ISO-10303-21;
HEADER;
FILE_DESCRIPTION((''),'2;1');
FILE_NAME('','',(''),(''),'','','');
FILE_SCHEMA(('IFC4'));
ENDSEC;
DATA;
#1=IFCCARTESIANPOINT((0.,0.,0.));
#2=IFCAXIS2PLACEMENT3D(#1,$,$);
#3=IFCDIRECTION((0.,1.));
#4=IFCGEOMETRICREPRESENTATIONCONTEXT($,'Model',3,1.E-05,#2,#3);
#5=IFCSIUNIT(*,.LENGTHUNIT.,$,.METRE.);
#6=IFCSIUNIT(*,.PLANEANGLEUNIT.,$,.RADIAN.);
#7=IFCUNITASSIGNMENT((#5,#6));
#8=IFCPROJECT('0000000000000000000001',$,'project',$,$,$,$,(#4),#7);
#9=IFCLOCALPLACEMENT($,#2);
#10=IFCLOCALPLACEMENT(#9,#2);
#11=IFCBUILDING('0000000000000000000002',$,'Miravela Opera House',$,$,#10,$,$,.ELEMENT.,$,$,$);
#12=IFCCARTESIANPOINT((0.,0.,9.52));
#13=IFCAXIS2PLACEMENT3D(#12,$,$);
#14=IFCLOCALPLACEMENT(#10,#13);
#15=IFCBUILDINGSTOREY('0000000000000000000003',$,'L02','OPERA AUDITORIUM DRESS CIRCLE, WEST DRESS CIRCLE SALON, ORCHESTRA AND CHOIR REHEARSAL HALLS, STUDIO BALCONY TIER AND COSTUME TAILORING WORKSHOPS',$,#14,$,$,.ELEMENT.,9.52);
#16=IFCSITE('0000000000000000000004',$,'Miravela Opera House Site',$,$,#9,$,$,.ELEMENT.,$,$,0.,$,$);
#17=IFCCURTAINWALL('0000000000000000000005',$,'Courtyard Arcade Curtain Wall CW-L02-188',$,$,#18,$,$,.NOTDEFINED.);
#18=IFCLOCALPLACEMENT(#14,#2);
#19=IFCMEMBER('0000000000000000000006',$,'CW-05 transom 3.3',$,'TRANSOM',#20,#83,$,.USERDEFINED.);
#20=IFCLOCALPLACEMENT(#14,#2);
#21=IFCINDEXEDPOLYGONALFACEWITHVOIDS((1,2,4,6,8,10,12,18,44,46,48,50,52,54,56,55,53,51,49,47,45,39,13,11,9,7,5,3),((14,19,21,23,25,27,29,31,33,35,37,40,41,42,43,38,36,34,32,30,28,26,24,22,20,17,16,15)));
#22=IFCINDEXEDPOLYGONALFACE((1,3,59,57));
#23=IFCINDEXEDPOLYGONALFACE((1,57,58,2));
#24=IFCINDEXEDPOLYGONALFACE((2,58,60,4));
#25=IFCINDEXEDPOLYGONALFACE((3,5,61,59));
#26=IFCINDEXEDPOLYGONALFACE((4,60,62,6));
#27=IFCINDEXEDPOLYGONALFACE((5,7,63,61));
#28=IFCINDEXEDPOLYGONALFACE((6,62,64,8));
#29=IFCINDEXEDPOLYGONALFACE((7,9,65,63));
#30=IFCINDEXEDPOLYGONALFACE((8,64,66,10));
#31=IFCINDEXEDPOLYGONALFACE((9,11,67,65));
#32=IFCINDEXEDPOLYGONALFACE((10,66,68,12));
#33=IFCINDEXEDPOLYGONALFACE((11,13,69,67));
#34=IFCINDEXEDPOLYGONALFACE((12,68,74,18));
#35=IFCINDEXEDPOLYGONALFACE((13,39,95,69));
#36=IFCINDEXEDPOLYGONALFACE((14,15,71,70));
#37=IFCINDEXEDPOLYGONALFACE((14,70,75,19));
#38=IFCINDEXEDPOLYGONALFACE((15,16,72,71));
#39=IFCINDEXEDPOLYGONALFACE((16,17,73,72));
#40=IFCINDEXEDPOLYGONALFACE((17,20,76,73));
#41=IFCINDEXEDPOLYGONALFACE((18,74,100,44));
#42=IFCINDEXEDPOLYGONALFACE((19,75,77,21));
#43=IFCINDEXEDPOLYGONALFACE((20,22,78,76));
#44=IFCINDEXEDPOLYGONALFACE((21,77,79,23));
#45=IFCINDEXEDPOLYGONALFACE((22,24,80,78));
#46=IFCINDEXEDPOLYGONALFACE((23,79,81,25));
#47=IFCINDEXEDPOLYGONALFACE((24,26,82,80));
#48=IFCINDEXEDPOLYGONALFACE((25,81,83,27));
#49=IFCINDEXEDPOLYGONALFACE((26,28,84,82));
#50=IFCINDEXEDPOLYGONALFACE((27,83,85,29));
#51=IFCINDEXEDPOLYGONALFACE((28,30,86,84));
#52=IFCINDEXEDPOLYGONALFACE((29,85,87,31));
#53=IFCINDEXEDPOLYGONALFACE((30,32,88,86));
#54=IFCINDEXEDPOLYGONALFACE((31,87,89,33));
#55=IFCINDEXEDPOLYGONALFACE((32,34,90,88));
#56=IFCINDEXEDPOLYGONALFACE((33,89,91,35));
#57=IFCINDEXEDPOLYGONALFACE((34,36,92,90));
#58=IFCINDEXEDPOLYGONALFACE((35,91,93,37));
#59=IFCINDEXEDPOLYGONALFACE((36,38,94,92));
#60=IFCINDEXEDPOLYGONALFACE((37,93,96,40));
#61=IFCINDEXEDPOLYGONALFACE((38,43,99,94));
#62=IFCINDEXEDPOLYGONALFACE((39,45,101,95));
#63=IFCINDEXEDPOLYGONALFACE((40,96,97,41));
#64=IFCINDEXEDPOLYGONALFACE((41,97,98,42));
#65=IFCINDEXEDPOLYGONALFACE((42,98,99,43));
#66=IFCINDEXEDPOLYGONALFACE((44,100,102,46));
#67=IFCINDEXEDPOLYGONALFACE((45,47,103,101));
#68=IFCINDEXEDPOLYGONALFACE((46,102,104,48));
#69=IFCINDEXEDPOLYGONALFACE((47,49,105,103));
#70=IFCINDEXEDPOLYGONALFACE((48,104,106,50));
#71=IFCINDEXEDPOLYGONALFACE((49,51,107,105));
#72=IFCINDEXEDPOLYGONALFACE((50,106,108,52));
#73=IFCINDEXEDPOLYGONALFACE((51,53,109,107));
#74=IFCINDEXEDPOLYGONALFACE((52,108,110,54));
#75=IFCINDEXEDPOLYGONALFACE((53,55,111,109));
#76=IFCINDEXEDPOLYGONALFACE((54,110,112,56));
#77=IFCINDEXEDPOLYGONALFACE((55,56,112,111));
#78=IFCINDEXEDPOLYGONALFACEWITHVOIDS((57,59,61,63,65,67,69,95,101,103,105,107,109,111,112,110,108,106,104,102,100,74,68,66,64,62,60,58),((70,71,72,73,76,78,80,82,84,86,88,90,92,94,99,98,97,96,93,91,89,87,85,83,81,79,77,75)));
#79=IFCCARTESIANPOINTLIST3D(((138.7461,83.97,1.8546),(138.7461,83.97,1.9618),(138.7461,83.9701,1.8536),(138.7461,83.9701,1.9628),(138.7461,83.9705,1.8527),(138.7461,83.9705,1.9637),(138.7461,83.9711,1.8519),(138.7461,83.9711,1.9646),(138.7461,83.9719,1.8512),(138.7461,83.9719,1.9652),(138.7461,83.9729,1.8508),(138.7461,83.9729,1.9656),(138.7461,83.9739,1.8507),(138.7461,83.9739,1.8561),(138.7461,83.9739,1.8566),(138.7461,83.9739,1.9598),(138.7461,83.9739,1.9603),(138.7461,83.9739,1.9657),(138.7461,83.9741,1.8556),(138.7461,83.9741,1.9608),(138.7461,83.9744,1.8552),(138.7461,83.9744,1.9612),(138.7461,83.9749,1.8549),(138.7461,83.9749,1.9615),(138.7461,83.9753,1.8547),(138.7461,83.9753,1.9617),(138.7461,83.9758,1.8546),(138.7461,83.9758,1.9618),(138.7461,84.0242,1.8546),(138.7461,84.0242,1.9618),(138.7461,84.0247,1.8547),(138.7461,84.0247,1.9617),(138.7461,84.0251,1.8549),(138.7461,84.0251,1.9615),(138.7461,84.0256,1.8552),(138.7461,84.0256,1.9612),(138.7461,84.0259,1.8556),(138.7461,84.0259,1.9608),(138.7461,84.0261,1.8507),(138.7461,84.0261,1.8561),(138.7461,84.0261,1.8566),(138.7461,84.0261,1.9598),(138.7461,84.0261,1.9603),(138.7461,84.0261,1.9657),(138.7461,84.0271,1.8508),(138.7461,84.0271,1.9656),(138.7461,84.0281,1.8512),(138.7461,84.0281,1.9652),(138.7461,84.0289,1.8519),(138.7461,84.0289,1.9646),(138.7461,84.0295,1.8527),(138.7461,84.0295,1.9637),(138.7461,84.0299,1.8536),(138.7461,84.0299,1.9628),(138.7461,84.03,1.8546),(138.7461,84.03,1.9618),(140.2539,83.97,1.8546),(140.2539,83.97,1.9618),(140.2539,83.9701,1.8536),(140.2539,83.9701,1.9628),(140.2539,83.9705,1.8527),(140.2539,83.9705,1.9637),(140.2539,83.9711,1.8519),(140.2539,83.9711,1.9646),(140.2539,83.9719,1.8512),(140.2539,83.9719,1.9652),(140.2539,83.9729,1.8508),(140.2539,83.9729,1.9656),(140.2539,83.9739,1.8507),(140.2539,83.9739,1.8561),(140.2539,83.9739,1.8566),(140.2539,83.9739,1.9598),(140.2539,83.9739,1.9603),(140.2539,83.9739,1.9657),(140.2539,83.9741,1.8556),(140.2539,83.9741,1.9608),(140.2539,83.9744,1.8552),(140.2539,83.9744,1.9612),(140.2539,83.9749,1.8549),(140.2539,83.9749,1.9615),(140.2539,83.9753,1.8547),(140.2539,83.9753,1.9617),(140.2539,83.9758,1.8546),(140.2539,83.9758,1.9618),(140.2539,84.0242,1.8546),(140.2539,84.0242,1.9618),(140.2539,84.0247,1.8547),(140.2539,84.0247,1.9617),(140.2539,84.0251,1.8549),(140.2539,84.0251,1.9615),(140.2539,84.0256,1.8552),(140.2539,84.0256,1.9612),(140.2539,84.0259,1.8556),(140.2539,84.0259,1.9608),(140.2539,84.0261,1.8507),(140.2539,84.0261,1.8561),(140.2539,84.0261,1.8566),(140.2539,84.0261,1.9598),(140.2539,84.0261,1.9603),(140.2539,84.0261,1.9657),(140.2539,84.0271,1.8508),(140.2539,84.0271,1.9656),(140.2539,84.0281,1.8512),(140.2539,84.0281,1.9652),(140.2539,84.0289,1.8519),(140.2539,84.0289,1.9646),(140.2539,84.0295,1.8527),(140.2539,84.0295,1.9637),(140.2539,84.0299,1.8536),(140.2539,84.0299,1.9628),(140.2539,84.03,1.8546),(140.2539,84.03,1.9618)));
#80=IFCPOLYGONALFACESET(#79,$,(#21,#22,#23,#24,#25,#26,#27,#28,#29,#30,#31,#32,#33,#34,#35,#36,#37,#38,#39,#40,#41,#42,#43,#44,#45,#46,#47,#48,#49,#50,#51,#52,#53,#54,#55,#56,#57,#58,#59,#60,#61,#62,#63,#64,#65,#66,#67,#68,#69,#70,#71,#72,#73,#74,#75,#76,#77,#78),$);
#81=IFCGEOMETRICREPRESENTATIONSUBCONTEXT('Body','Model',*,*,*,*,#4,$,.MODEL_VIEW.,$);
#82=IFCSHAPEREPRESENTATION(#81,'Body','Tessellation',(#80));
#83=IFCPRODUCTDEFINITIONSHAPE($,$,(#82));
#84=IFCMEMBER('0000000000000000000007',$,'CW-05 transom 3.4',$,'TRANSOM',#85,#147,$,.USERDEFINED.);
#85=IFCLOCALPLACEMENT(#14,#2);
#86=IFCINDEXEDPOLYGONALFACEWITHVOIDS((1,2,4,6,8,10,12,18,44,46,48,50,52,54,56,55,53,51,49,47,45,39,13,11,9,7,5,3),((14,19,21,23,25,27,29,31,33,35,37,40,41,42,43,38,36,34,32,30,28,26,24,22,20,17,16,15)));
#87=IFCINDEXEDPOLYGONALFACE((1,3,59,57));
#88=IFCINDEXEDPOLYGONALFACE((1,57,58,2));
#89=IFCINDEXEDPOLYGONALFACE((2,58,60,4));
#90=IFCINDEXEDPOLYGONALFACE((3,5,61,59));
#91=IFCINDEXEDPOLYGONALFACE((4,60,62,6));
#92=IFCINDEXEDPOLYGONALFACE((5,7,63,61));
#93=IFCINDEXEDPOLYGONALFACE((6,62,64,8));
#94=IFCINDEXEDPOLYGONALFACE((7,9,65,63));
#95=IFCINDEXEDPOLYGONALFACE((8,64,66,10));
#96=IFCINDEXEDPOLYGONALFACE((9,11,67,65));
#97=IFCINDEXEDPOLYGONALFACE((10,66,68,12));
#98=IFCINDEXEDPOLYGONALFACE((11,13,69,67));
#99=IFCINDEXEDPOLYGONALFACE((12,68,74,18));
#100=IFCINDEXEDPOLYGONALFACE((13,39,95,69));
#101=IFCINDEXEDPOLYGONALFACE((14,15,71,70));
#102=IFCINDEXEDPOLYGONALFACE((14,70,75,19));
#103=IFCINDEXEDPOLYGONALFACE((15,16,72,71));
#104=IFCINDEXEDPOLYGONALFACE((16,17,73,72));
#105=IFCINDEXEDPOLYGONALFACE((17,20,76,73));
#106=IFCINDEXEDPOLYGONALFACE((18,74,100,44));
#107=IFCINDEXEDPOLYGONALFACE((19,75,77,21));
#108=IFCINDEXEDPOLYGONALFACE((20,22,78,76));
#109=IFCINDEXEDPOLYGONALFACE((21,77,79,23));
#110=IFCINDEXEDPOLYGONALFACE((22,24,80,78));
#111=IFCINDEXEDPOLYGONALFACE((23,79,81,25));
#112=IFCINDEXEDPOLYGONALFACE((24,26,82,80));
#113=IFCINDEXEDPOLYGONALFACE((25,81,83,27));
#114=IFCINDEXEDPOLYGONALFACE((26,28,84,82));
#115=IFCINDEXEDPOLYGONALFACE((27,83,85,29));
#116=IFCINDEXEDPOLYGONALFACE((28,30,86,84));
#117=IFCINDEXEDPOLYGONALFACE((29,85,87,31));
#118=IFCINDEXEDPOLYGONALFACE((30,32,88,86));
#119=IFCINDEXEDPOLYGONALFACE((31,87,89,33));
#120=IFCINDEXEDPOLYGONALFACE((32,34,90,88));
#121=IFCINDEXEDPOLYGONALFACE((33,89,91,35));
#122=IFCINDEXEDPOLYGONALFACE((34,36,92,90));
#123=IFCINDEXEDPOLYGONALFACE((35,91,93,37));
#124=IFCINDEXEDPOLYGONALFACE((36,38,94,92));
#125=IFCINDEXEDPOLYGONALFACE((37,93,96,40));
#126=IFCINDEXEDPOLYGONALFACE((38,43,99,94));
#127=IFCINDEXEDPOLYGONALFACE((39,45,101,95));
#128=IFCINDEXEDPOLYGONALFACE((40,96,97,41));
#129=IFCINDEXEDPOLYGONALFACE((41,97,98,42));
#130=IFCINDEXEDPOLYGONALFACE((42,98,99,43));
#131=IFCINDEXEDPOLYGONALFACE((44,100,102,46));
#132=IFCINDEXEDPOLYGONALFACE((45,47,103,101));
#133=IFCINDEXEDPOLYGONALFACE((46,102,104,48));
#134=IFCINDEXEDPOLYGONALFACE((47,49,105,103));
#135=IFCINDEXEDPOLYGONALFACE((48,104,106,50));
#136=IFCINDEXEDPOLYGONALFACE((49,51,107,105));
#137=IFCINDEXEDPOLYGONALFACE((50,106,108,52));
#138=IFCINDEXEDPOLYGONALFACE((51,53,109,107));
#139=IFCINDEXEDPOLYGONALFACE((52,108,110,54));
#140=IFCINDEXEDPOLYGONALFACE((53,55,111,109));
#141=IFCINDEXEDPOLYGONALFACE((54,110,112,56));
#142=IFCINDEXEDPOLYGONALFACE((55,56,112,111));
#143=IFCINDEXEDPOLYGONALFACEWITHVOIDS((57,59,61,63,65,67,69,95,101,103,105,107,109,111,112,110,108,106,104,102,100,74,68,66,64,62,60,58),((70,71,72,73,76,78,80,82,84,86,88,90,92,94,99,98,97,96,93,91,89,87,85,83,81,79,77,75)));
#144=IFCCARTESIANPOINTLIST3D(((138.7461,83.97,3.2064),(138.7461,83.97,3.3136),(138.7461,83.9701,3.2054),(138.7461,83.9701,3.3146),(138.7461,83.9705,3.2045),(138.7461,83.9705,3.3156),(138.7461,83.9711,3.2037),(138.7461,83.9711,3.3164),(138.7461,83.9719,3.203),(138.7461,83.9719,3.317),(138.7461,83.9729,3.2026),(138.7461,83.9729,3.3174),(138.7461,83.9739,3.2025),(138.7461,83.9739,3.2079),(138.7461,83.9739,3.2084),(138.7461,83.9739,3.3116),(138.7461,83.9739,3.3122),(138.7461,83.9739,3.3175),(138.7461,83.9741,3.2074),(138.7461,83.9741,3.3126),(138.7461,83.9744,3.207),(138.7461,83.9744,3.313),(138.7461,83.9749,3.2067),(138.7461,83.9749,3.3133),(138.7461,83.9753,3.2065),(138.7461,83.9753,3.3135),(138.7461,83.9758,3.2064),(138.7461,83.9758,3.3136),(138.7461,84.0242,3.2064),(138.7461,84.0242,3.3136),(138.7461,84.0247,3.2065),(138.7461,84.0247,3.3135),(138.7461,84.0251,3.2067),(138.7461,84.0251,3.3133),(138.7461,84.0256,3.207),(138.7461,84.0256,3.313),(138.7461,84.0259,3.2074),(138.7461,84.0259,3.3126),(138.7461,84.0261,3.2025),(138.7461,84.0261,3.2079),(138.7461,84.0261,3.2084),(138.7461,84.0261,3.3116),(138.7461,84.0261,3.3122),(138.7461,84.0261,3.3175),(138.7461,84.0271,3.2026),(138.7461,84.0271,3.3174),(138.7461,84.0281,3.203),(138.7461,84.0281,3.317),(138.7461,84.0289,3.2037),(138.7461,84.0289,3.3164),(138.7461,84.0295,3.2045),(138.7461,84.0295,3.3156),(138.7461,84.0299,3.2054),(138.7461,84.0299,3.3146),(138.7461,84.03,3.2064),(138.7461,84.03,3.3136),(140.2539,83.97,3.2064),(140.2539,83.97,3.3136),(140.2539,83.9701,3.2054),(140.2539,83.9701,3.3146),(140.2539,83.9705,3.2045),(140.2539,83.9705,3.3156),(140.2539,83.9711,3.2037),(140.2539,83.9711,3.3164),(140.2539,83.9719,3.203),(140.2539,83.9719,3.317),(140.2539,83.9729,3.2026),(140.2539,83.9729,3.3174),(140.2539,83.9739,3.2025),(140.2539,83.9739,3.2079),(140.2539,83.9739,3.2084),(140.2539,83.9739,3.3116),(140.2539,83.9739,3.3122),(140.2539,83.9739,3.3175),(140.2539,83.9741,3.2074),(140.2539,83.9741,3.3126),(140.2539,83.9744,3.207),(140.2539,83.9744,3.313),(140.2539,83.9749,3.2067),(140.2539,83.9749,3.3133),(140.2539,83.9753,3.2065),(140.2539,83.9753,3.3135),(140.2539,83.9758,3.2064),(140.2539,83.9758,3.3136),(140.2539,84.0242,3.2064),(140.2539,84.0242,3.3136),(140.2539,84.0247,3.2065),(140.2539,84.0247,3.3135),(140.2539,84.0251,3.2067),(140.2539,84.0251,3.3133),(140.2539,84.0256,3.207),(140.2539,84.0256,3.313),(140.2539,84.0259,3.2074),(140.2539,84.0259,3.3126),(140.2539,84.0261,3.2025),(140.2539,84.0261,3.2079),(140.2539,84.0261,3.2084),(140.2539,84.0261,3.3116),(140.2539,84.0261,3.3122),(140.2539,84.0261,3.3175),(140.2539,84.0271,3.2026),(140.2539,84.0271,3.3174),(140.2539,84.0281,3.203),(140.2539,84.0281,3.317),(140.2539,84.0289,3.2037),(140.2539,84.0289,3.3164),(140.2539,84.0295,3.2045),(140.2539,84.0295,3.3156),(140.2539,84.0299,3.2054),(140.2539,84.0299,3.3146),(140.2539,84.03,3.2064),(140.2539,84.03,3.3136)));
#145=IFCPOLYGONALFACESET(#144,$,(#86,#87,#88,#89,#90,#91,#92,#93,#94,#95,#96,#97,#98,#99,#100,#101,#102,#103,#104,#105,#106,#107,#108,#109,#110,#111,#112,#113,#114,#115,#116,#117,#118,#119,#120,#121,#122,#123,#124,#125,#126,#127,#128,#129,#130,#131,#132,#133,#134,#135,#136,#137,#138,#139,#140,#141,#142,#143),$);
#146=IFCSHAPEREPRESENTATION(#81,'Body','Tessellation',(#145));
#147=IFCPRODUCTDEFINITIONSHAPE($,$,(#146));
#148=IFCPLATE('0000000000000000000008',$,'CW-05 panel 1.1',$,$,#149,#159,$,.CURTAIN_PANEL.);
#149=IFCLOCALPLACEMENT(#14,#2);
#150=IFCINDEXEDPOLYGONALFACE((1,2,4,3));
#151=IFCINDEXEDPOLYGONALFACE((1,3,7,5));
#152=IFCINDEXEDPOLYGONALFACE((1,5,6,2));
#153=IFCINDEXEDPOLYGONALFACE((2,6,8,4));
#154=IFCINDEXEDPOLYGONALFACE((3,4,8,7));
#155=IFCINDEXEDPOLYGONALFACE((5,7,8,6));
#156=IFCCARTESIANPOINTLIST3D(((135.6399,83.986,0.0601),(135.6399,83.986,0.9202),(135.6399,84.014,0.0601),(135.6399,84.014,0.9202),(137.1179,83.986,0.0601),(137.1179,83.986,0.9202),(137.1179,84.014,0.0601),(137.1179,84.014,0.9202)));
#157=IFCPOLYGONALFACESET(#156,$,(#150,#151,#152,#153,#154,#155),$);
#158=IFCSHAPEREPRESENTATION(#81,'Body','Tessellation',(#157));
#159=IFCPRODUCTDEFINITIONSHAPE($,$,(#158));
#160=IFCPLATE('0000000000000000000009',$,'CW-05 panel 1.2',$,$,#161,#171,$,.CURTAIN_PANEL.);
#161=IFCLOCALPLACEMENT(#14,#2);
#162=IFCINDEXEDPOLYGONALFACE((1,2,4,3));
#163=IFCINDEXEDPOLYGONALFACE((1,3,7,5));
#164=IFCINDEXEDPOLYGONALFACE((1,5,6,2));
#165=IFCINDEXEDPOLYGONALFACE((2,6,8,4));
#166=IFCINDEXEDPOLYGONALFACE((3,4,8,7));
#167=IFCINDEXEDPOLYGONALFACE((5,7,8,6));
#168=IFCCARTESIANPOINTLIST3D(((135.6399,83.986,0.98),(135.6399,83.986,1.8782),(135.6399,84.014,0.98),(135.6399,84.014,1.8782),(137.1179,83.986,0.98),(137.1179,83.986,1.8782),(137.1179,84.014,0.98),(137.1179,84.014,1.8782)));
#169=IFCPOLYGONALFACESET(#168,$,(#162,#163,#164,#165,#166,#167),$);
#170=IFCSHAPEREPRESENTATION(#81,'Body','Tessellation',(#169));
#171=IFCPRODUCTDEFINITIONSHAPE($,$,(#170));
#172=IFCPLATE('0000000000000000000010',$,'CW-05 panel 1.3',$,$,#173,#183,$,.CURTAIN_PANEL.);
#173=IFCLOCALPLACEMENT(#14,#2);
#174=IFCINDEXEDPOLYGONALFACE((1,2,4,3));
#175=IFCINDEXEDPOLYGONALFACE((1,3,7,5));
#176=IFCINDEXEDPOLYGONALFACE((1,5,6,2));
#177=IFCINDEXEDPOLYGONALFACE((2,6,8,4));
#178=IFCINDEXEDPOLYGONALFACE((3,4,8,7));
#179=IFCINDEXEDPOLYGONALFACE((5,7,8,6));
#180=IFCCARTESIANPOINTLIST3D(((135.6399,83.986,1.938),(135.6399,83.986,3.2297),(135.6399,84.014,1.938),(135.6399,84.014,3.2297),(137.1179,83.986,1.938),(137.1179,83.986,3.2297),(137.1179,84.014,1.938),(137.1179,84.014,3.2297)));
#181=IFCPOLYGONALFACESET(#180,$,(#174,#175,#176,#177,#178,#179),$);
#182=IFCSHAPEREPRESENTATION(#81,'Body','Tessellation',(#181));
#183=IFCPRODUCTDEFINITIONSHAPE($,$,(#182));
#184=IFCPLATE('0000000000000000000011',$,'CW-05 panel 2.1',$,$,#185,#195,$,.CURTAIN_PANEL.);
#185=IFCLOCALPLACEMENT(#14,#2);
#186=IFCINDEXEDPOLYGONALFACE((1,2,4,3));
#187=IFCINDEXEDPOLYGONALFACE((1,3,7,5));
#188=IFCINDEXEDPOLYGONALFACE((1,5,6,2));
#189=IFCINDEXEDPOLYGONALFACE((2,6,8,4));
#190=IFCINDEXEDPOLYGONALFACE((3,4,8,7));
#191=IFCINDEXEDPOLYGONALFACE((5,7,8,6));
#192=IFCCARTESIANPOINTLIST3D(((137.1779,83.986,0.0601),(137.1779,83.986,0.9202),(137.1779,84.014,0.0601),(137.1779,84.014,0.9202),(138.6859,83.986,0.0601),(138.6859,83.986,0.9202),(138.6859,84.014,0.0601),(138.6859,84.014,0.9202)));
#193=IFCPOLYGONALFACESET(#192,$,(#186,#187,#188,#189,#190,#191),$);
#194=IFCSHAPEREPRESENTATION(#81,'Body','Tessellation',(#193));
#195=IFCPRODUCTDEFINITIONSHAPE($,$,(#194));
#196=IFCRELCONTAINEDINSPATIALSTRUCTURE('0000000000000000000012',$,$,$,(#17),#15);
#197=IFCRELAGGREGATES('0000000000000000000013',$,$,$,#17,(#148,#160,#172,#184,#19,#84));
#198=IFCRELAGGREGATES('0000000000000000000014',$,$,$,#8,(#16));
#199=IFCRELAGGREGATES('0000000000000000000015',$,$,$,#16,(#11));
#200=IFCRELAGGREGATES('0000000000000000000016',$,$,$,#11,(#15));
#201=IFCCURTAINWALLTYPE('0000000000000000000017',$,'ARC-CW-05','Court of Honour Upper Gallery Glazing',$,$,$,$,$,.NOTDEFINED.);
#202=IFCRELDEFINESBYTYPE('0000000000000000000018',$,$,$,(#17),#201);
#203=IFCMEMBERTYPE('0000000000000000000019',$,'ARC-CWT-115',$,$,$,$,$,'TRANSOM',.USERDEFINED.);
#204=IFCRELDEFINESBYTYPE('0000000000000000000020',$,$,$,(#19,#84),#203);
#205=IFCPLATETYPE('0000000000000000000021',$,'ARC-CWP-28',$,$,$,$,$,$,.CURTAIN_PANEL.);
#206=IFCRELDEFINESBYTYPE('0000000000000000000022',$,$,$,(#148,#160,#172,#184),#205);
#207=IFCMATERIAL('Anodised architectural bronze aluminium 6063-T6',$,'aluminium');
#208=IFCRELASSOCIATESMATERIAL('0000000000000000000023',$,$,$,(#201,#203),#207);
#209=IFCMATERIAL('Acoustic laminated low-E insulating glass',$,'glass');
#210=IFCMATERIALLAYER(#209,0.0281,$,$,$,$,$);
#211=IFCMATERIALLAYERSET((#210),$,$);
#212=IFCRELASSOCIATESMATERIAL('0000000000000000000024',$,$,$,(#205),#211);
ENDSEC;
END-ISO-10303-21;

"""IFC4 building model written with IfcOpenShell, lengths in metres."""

from ifc_helpers import new_model, si_unit, direction, frame, origin, origin_2d, place, context, subcontext, project, spatial, rectangle, hollow_rectangle, extrude, material, layer, layer_set, material_profile, profile_set, type_object, element, aggregate, save


model = new_model("IFC4")

# Units and contexts
model_context = context("Model", 3, precision=1e-05, world=origin(), true_north=direction((0.0, 1.0)))
body_context = subcontext(model_context, "Body", "Model", "MODEL_VIEW")
ifc_project = project(units=[si_unit("LENGTHUNIT", "METRE"), si_unit("PLANEANGLEUNIT", "RADIAN")], contexts=[model_context])

# Site, building, storey
site_placement = place(None, origin())
site = spatial("IfcSite", under=ifc_project, at=site_placement, Name="Miravela Opera House Site", CompositionType="ELEMENT", RefElevation=0.0)
building_placement = place(site_placement, origin())
building = spatial("IfcBuilding", under=site, at=building_placement, Name="Miravela Opera House", CompositionType="ELEMENT")
storey_placement = place(building_placement, frame((0.0, 0.0, 9.52)))
storey = spatial("IfcBuildingStorey", under=building, at=storey_placement, Name="L02", Description="OPERA AUDITORIUM DRESS CIRCLE, WEST DRESS CIRCLE SALON, ORCHESTRA AND CHOIR REHEARSAL HALLS, STUDIO BALCONY TIER AND COSTUME TAILORING WORKSHOPS", CompositionType="ELEMENT", Elevation=9.52)

# Curtain wall, members, plates
ifc_material_1 = material(Name="Anodised architectural bronze aluminium 6063-T6", Category="aluminium")
curtain_wall_type = type_object("IfcCurtainWallType", Name="ARC-CW-05", Description="Court of Honour Upper Gallery Glazing", PredefinedType="NOTDEFINED", material=ifc_material_1)
curtain_wall_placement = place(storey_placement, origin())
curtain_wall = element("IfcCurtainWall", 1, at=curtain_wall_placement, inside=storey, type_object=curtain_wall_type, Name="Courtyard Arcade Curtain Wall CW-L02-188", PredefinedType="NOTDEFINED")
ifc_material_profile_1 = material_profile(ifc_material_1, hollow_rectangle(XDim=0.0601, YDim=0.115, WallThickness=0.0039, InnerFilletRadius=0.002, OuterFilletRadius=0.0039, at=origin_2d()), Name="CWT-60X115")
ifc_profile_set_1 = profile_set([ifc_material_profile_1])
member_type_1 = type_object("IfcMemberType", Name="ARC-CWT-115", ElementType="TRANSOM", PredefinedType="USERDEFINED", material=ifc_profile_set_1)
member_1_placement = place(storey_placement, frame((138.7461, 84.0, 1.9082), z_axis=(1.0, 0.0, 0.0), x_axis=(0.0, 1.0, 0.0)))
member_1 = element("IfcMember", 2, at=member_1_placement, type_object=member_type_1, Name="CW-05 transom 3.3", ObjectType="TRANSOM", PredefinedType="USERDEFINED", context=body_context, shape_type="SweptSolid", body=[
    extrude(hollow_rectangle(XDim=0.0601, YDim=0.115, WallThickness=0.0039, InnerFilletRadius=0.002, OuterFilletRadius=0.0039, at=origin_2d()), origin(), (0.0, 0.0, 1.0), 1.5078),
])
member_2_placement = place(storey_placement, frame((138.7461, 84.0, 3.26), z_axis=(1.0, 0.0, 0.0), x_axis=(0.0, 1.0, 0.0)))
member_2 = element("IfcMember", 3, at=member_2_placement, type_object=member_type_1, Name="CW-05 transom 3.4", ObjectType="TRANSOM", PredefinedType="USERDEFINED", context=body_context, shape_type="SweptSolid", body=[
    extrude(hollow_rectangle(XDim=0.0601, YDim=0.115, WallThickness=0.0039, InnerFilletRadius=0.002, OuterFilletRadius=0.0039, at=origin_2d()), origin(), (0.0, 0.0, 1.0), 1.5078),
])
ifc_material_2 = material(Name="Acoustic laminated low-E insulating glass", Category="glass")
ifc_layer = layer(ifc_material_2, 0.0281)
ifc_layer_set = layer_set([ifc_layer])
plate_type = type_object("IfcPlateType", Name="ARC-CWP-28", PredefinedType="CURTAIN_PANEL", material=ifc_layer_set)
plate_1_placement = place(storey_placement, frame((136.3789, 84.0, 0.0601), z_axis=(0.0, 0.0, 1.0), x_axis=(1.0, 0.0, 0.0)))
plate_1 = element("IfcPlate", 4, at=plate_1_placement, type_object=plate_type, Name="CW-05 panel 1.1", PredefinedType="CURTAIN_PANEL", context=body_context, shape_type="SweptSolid", body=[
    extrude(rectangle(XDim=1.478, YDim=0.0281, at=origin_2d()), origin(), (0.0, 0.0, 1.0), 0.8601),
])
plate_2_placement = place(storey_placement, frame((136.3789, 84.0, 0.98), z_axis=(0.0, 0.0, 1.0), x_axis=(1.0, 0.0, 0.0)))
plate_2 = element("IfcPlate", 5, at=plate_2_placement, type_object=plate_type, Name="CW-05 panel 1.2", PredefinedType="CURTAIN_PANEL", context=body_context, shape_type="SweptSolid", body=[
    extrude(rectangle(XDim=1.478, YDim=0.0281, at=origin_2d()), origin(), (0.0, 0.0, 1.0), 0.8982),
])
plate_3_placement = place(storey_placement, frame((136.3789, 84.0, 1.938), z_axis=(0.0, 0.0, 1.0), x_axis=(1.0, 0.0, 0.0)))
plate_3 = element("IfcPlate", 6, at=plate_3_placement, type_object=plate_type, Name="CW-05 panel 1.3", PredefinedType="CURTAIN_PANEL", context=body_context, shape_type="SweptSolid", body=[
    extrude(rectangle(XDim=1.478, YDim=0.0281, at=origin_2d()), origin(), (0.0, 0.0, 1.0), 1.2917),
])
plate_4_placement = place(storey_placement, frame((137.9319, 84.0, 0.0601), z_axis=(0.0, 0.0, 1.0), x_axis=(1.0, 0.0, 0.0)))
plate_4 = element("IfcPlate", 7, at=plate_4_placement, type_object=plate_type, Name="CW-05 panel 2.1", PredefinedType="CURTAIN_PANEL", context=body_context, shape_type="SweptSolid", body=[
    extrude(rectangle(XDim=1.5081, YDim=0.0281, at=origin_2d()), origin(), (0.0, 0.0, 1.0), 0.8601),
])
aggregate(curtain_wall, [plate_1, plate_2, plate_3, plate_4, member_1, member_2])

save(model, "model.ifc")
